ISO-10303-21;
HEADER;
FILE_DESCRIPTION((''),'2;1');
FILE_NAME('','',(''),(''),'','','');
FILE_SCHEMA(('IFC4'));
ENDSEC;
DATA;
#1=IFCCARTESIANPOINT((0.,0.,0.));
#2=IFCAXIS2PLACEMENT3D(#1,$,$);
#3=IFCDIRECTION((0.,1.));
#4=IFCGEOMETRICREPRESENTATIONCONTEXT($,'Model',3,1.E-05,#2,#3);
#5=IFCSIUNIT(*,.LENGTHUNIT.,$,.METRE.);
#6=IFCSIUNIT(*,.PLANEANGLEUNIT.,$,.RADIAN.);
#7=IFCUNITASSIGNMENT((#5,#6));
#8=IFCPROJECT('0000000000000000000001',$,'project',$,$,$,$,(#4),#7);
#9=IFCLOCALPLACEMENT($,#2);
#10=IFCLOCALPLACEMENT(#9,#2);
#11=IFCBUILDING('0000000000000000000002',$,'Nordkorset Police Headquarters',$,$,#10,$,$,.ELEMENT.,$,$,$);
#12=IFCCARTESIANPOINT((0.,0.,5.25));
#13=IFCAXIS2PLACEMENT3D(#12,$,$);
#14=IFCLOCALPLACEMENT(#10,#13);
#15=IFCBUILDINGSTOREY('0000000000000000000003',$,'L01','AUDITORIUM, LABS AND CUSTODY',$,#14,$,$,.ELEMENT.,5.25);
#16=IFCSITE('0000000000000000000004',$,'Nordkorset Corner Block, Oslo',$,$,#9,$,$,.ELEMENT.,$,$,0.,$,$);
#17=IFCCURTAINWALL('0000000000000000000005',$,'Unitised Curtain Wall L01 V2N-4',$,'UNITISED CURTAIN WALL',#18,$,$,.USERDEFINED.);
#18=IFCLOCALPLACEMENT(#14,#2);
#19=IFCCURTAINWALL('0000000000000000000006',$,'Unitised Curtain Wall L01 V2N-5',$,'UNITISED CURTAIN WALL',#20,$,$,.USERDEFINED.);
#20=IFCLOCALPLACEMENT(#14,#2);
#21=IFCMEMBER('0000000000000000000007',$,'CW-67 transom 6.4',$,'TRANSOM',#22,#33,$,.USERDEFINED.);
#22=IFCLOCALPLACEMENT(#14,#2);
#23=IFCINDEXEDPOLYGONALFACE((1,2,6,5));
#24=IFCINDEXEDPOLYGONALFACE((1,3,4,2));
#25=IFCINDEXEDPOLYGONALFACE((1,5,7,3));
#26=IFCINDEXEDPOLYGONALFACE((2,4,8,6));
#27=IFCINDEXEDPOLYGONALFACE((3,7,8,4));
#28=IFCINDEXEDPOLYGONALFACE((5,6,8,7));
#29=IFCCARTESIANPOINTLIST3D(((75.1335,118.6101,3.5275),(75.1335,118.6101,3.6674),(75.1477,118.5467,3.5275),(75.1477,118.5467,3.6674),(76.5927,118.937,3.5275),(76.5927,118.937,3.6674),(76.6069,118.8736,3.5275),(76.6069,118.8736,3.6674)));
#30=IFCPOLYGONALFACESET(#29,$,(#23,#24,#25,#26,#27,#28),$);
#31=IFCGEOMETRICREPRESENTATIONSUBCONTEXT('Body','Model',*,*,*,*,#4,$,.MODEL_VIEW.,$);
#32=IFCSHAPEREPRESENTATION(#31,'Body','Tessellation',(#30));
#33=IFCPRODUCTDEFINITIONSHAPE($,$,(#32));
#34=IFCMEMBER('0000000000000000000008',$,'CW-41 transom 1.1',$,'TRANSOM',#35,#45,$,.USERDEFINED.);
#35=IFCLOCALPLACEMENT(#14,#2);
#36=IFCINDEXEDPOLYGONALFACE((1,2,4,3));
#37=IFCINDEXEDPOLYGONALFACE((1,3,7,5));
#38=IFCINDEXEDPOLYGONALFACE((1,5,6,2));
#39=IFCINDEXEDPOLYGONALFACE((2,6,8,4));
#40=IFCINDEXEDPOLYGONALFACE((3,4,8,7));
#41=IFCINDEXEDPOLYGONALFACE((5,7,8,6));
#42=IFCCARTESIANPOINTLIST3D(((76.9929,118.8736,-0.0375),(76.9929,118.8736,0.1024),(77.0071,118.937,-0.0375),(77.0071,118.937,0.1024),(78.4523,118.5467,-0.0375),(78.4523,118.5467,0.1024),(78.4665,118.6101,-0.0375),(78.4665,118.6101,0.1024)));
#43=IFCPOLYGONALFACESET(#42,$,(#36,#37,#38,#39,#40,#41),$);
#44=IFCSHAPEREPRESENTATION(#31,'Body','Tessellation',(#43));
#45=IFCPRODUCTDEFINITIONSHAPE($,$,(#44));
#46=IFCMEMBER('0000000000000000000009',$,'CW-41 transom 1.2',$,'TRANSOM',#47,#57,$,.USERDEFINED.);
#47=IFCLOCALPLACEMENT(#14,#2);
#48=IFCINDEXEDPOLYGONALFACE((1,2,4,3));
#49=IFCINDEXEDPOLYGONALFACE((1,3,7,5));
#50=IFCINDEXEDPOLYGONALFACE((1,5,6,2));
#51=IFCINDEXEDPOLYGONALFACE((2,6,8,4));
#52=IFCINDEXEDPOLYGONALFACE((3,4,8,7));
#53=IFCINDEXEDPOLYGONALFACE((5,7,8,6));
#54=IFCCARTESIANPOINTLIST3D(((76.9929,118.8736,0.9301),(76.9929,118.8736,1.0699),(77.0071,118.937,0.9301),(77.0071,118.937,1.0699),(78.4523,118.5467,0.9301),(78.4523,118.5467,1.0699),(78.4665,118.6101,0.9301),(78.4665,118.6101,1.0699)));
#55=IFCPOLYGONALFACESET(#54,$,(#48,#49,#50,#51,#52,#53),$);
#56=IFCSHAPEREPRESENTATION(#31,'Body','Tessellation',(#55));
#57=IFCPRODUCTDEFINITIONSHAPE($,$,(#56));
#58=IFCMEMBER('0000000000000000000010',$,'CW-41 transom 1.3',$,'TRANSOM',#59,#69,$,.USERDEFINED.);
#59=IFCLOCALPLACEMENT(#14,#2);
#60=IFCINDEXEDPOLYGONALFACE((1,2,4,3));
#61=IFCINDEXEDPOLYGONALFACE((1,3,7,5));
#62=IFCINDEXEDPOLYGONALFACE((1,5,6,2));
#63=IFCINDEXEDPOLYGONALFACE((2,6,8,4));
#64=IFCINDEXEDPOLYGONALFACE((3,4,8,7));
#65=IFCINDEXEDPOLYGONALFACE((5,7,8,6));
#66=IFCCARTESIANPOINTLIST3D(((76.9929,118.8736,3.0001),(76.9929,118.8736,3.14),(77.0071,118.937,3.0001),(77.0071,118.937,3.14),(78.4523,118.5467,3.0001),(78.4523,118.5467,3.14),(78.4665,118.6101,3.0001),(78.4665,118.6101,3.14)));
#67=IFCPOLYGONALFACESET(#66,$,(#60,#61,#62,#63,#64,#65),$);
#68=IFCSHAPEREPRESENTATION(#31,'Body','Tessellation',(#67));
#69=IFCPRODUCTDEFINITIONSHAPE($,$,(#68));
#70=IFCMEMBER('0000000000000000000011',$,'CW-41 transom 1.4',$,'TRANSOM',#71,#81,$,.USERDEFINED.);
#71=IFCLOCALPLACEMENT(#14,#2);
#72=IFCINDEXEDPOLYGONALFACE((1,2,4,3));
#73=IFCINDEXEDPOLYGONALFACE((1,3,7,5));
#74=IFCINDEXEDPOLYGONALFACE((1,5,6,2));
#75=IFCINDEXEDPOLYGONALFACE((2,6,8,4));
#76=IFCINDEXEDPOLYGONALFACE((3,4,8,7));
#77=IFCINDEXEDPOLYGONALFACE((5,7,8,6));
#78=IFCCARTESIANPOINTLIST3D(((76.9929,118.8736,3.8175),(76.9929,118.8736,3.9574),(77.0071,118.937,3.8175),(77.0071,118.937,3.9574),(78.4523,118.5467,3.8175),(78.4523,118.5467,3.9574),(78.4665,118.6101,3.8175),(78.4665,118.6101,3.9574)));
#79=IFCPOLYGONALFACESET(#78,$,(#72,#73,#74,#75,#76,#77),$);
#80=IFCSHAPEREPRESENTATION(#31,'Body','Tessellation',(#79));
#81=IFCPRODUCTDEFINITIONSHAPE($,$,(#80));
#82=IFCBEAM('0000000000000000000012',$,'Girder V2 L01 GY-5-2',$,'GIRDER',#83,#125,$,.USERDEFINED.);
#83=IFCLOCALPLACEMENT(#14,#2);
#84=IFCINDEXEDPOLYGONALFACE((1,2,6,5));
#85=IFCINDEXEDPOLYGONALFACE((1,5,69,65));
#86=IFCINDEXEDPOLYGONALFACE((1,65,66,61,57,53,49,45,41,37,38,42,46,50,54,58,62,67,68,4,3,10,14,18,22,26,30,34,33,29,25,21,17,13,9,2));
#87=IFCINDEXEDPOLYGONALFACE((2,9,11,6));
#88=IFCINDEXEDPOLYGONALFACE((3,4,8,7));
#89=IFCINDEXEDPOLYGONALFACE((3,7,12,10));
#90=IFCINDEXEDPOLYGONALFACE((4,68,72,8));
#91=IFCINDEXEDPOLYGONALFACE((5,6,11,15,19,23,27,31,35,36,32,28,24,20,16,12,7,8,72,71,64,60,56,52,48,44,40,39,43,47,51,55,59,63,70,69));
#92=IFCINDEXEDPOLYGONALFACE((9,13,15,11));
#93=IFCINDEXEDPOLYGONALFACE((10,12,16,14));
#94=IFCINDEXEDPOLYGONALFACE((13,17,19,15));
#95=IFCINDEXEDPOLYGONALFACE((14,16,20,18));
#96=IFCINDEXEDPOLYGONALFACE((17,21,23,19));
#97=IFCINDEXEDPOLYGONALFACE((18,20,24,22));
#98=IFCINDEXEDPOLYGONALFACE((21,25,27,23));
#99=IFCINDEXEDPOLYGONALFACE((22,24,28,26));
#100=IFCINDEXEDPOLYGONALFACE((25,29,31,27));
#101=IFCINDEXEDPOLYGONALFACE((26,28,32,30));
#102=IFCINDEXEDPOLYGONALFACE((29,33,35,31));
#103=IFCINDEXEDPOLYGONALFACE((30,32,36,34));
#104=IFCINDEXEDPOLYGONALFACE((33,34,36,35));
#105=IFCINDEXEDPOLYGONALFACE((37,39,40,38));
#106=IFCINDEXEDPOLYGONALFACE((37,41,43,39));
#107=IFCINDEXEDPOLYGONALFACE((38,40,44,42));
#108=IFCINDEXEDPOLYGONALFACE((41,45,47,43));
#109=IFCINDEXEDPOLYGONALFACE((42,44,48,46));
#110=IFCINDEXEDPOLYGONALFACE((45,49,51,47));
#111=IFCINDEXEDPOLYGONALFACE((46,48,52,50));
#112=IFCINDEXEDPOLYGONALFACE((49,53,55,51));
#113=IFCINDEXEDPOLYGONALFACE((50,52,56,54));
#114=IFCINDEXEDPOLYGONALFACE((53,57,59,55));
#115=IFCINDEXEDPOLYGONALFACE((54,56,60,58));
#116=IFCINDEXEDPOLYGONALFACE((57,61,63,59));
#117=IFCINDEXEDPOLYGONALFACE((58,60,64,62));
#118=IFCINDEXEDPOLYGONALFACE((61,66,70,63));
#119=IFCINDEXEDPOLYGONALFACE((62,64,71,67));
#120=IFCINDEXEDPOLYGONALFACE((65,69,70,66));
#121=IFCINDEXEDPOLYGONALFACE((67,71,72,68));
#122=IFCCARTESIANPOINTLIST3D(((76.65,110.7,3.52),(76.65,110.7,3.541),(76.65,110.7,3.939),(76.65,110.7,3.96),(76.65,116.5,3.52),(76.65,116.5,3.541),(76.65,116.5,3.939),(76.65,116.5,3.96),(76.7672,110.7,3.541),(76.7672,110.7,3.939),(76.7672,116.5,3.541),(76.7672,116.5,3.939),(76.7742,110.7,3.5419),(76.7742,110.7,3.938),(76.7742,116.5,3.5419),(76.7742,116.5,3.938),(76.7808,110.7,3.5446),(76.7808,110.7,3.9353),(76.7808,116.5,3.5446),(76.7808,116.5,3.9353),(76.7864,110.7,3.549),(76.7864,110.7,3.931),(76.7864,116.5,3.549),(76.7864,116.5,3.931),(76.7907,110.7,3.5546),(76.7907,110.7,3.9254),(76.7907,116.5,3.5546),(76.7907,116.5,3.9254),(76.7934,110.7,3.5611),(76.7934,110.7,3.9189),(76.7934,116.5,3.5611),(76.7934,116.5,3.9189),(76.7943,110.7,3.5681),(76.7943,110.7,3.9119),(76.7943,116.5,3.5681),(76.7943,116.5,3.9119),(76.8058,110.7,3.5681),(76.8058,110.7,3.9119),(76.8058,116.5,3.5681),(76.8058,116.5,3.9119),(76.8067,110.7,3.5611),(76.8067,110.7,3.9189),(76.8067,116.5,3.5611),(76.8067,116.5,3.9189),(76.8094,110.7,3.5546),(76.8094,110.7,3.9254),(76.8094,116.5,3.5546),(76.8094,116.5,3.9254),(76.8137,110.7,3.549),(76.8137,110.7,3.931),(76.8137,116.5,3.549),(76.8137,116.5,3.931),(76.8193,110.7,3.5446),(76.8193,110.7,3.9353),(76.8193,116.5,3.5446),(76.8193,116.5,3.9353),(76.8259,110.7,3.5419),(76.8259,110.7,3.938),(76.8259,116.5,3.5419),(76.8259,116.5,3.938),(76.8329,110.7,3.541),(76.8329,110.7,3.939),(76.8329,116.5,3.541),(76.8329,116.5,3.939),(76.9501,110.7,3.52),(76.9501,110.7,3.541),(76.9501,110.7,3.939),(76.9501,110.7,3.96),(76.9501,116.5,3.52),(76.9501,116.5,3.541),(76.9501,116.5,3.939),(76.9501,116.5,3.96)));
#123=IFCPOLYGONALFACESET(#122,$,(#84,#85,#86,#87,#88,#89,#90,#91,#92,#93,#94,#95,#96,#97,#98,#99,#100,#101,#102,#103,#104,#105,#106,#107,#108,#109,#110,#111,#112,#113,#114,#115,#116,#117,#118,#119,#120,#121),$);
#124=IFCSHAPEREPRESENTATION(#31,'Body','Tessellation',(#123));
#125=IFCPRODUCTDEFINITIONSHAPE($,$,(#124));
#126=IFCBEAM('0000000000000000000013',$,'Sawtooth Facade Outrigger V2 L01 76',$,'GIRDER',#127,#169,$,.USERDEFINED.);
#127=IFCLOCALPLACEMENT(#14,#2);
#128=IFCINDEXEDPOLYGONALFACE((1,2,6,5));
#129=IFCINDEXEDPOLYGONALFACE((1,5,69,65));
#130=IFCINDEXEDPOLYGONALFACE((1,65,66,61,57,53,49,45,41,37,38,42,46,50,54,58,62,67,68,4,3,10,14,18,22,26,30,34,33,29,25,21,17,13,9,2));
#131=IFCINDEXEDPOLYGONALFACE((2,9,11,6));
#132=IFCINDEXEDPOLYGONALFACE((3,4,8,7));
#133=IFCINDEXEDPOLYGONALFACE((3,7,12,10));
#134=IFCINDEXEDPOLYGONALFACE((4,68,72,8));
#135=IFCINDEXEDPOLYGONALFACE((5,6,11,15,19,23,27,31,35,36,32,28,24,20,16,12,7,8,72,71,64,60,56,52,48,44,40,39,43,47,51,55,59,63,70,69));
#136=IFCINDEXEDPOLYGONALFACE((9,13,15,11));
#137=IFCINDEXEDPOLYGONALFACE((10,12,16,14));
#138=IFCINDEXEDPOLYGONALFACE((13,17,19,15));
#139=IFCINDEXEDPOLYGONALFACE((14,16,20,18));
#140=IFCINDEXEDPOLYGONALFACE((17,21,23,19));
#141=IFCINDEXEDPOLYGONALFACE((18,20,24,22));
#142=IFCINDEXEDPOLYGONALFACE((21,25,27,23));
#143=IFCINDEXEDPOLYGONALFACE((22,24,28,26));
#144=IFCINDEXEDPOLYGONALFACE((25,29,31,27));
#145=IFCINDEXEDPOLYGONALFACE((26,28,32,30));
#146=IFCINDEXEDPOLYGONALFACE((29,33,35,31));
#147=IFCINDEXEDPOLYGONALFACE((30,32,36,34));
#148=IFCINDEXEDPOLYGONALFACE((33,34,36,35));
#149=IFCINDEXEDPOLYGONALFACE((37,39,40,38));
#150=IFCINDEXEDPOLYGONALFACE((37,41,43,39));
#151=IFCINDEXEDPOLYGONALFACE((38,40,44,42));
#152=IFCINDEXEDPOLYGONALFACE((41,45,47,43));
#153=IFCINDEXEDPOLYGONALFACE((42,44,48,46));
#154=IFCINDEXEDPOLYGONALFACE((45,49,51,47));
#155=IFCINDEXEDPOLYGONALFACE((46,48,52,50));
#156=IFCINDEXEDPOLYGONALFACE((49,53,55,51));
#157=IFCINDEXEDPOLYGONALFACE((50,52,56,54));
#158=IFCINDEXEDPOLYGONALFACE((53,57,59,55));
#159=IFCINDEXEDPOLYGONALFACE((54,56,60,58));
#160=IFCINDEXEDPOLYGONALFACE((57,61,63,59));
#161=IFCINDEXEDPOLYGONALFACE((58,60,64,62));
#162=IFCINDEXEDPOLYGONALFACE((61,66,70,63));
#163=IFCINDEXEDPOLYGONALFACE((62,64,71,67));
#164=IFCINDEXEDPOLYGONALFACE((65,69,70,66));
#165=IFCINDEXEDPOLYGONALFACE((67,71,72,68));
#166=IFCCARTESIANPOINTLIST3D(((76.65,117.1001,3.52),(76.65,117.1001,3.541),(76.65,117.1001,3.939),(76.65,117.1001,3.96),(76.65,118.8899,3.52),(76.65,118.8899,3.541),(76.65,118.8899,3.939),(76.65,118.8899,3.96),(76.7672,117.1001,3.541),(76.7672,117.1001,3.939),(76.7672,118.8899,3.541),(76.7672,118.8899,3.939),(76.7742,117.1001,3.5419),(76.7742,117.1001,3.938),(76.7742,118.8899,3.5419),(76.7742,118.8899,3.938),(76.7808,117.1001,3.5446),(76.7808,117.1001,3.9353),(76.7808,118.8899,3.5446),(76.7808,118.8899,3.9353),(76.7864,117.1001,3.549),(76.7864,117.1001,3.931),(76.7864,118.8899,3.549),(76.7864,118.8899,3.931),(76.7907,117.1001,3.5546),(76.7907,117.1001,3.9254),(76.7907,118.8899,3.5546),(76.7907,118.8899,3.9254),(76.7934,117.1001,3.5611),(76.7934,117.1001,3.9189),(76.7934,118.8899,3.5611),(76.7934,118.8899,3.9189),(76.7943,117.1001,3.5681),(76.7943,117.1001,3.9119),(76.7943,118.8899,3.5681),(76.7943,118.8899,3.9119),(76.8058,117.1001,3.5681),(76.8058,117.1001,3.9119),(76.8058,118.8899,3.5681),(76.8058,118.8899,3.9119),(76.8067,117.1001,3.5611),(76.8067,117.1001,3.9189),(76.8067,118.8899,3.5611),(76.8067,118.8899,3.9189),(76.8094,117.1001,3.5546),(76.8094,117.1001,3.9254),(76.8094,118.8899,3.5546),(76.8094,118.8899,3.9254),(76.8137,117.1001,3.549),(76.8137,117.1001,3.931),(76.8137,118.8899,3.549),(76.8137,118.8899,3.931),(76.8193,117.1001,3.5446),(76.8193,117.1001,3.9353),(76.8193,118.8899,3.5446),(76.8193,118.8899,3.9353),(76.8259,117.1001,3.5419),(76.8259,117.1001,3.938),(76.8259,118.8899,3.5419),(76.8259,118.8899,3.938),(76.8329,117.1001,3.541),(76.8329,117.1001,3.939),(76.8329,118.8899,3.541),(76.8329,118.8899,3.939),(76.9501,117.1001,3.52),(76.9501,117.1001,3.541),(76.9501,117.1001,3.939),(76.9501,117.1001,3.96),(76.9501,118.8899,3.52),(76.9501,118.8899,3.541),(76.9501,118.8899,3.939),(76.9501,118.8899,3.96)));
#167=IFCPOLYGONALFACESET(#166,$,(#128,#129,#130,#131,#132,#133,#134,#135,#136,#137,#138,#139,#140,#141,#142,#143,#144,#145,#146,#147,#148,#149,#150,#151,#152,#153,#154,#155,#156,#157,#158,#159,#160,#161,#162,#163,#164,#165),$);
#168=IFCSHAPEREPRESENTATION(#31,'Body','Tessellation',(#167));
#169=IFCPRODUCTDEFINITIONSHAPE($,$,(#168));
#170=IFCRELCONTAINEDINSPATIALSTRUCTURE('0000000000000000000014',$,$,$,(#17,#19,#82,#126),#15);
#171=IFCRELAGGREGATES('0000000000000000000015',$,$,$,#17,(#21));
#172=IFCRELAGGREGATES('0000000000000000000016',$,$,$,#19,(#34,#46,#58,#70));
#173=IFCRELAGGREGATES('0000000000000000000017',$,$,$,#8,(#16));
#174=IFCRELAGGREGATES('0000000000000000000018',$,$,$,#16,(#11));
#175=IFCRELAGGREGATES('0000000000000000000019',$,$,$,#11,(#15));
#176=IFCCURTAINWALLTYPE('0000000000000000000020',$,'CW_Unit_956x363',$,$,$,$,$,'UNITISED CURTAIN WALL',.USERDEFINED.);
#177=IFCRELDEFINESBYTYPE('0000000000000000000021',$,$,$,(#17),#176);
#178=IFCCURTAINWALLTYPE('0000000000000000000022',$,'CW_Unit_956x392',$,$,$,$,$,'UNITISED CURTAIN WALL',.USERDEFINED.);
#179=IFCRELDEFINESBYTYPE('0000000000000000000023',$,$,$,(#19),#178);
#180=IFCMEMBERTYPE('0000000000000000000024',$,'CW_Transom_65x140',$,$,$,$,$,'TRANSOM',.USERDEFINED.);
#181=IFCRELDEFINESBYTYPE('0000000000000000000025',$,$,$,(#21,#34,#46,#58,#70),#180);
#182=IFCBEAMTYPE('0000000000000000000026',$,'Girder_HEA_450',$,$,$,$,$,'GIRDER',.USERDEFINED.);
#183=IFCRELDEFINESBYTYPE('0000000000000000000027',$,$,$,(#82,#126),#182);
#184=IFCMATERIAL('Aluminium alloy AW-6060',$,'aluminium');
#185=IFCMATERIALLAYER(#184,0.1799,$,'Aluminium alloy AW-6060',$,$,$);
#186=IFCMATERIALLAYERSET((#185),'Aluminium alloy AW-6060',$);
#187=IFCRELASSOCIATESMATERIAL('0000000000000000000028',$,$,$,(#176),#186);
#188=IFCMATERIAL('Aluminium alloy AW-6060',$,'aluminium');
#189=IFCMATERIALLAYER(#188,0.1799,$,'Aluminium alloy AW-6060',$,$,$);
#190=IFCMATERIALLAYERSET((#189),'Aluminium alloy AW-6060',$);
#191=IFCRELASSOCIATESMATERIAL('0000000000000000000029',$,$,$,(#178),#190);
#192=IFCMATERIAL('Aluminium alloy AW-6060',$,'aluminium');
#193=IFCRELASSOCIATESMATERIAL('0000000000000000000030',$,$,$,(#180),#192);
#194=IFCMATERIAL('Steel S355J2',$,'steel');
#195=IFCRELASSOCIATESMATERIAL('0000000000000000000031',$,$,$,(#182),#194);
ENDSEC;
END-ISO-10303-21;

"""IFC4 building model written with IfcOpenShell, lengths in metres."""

from ifc_helpers import new_model, si_unit, direction, frame, origin, origin_2d, place, context, subcontext, project, spatial, rectangle, i_section, extrude, material, layer, layer_set, material_profile, profile_set, type_object, element, aggregate, save


model = new_model("IFC4")

# Units and contexts
model_context = context("Model", 3, precision=1e-05, world=origin(), true_north=direction((0.0, 1.0)))
body_context = subcontext(model_context, "Body", "Model", "MODEL_VIEW")
ifc_project = project(units=[si_unit("LENGTHUNIT", "METRE"), si_unit("PLANEANGLEUNIT", "RADIAN")], contexts=[model_context])

# Site, building, storey
site_placement = place(None, origin())
site = spatial("IfcSite", under=ifc_project, at=site_placement, Name="Nordkorset Corner Block, Oslo", CompositionType="ELEMENT", RefElevation=0.0)
building_placement = place(site_placement, origin())
building = spatial("IfcBuilding", under=site, at=building_placement, Name="Nordkorset Police Headquarters", CompositionType="ELEMENT")
storey_placement = place(building_placement, frame((0.0, 0.0, 5.25)))
storey = spatial("IfcBuildingStorey", under=building, at=storey_placement, Name="L01", Description="AUDITORIUM, LABS AND CUSTODY", CompositionType="ELEMENT", Elevation=5.25)

# Curtain walls
ifc_material_1 = material(Name="Aluminium alloy AW-6060", Category="aluminium")
ifc_layer_1 = layer(ifc_material_1, 0.1799, Name="Aluminium alloy AW-6060")
ifc_layer_set_1 = layer_set([ifc_layer_1], Name="Aluminium alloy AW-6060")
curtain_wall_type_1 = type_object("IfcCurtainWallType", Name="CW_Unit_956x363", ElementType="UNITISED CURTAIN WALL", PredefinedType="USERDEFINED", material=ifc_layer_set_1)
curtain_wall_1_placement = place(storey_placement, origin())
curtain_wall_1 = element("IfcCurtainWall", 1, at=curtain_wall_1_placement, inside=storey, type_object=curtain_wall_type_1, Name="Unitised Curtain Wall L01 V2N-4", ObjectType="UNITISED CURTAIN WALL", PredefinedType="USERDEFINED")
ifc_material_2 = material(Name="Aluminium alloy AW-6060", Category="aluminium")
ifc_layer_2 = layer(ifc_material_2, 0.1799, Name="Aluminium alloy AW-6060")
ifc_layer_set_2 = layer_set([ifc_layer_2], Name="Aluminium alloy AW-6060")
curtain_wall_type_2 = type_object("IfcCurtainWallType", Name="CW_Unit_956x392", ElementType="UNITISED CURTAIN WALL", PredefinedType="USERDEFINED", material=ifc_layer_set_2)
curtain_wall_2_placement = place(storey_placement, origin())
curtain_wall_2 = element("IfcCurtainWall", 2, at=curtain_wall_2_placement, inside=storey, type_object=curtain_wall_type_2, Name="Unitised Curtain Wall L01 V2N-5", ObjectType="UNITISED CURTAIN WALL", PredefinedType="USERDEFINED")

# Members
ifc_material_3 = material(Name="Aluminium alloy AW-6060", Category="aluminium")
ifc_material_profile_1 = material_profile(ifc_material_3, rectangle(XDim=0.0649, YDim=0.1399, at=origin_2d()), Name="ALU TRAN 65x140")
ifc_profile_set_1 = profile_set([ifc_material_profile_1], Name="Aluminium alloy AW-6060")
member_type_1 = type_object("IfcMemberType", Name="CW_Transom_65x140", ElementType="TRANSOM", PredefinedType="USERDEFINED", material=ifc_profile_set_1)
member_1_placement = place(storey_placement, frame((75.1406, 118.5784, 3.5974), z_axis=(0.975813, 0.218607, 0.0), x_axis=(-0.218607, 0.975813, 0.0)))
member_1 = element("IfcMember", 3, at=member_1_placement, type_object=member_type_1, Name="CW-67 transom 6.4", ObjectType="TRANSOM", PredefinedType="USERDEFINED", context=body_context, shape_type="SweptSolid", body=[
    extrude(rectangle(XDim=0.0649, YDim=0.1399, at=origin_2d()), origin(), (0.0, 0.0, 1.0), 1.4954),
])
member_2_placement = place(storey_placement, frame((77.0, 118.9053, 0.0325), z_axis=(0.975821, -0.218572, 0.0), x_axis=(0.218572, 0.975821, 0.0)))
member_2 = element("IfcMember", 4, at=member_2_placement, type_object=member_type_1, Name="CW-41 transom 1.1", ObjectType="TRANSOM", PredefinedType="USERDEFINED", context=body_context, shape_type="SweptSolid", body=[
    extrude(rectangle(XDim=0.0649, YDim=0.1399, at=origin_2d()), origin(), (0.0, 0.0, 1.0), 1.4956),
])
member_3_placement = place(storey_placement, frame((77.0, 118.9053, 1.0), z_axis=(0.975821, -0.218572, 0.0), x_axis=(0.218572, 0.975821, 0.0)))
member_3 = element("IfcMember", 5, at=member_3_placement, type_object=member_type_1, Name="CW-41 transom 1.2", ObjectType="TRANSOM", PredefinedType="USERDEFINED", context=body_context, shape_type="SweptSolid", body=[
    extrude(rectangle(XDim=0.0649, YDim=0.1399, at=origin_2d()), origin(), (0.0, 0.0, 1.0), 1.4956),
])
member_4_placement = place(storey_placement, frame((77.0, 118.9053, 3.0701), z_axis=(0.975821, -0.218572, 0.0), x_axis=(0.218572, 0.975821, 0.0)))
member_4 = element("IfcMember", 6, at=member_4_placement, type_object=member_type_1, Name="CW-41 transom 1.3", ObjectType="TRANSOM", PredefinedType="USERDEFINED", context=body_context, shape_type="SweptSolid", body=[
    extrude(rectangle(XDim=0.0649, YDim=0.1399, at=origin_2d()), origin(), (0.0, 0.0, 1.0), 1.4956),
])
member_5_placement = place(storey_placement, frame((77.0, 118.9053, 3.8875), z_axis=(0.975821, -0.218572, 0.0), x_axis=(0.218572, 0.975821, 0.0)))
member_5 = element("IfcMember", 7, at=member_5_placement, type_object=member_type_1, Name="CW-41 transom 1.4", ObjectType="TRANSOM", PredefinedType="USERDEFINED", context=body_context, shape_type="SweptSolid", body=[
    extrude(rectangle(XDim=0.0649, YDim=0.1399, at=origin_2d()), origin(), (0.0, 0.0, 1.0), 1.4956),
])

# Beams
ifc_material_4 = material(Name="Steel S355J2", Category="steel")
ifc_material_profile_2 = material_profile(ifc_material_4, i_section(OverallWidth=0.3, OverallDepth=0.4399, WebThickness=0.0115, FlangeThickness=0.021, FilletRadius=0.0271, at=origin_2d()), Name="HEA 450")
ifc_profile_set_2 = profile_set([ifc_material_profile_2], Name="Steel S355J2")
beam_type_1 = type_object("IfcBeamType", Name="Girder_HEA_450", ElementType="GIRDER", PredefinedType="USERDEFINED", material=ifc_profile_set_2)
beam_1_placement = place(storey_placement, frame((76.8, 110.7, 3.74), z_axis=(0.0, 1.0, 0.0), x_axis=(-1.0, 0.0, 0.0)))
element("IfcBeam", 8, at=beam_1_placement, inside=storey, type_object=beam_type_1, Name="Girder V2 L01 GY-5-2", ObjectType="GIRDER", PredefinedType="USERDEFINED", context=body_context, shape_type="SweptSolid", body=[
    extrude(i_section(OverallWidth=0.3, OverallDepth=0.4399, WebThickness=0.0115, FlangeThickness=0.021, FilletRadius=0.0271, at=origin_2d()), origin(), (0.0, 0.0, 1.0), 5.8),
])
beam_2_placement = place(storey_placement, frame((76.8, 117.1001, 3.74), z_axis=(0.0, 1.0, 0.0), x_axis=(-1.0, 0.0, 0.0)))
element("IfcBeam", 9, at=beam_2_placement, inside=storey, type_object=beam_type_1, Name="Sawtooth Facade Outrigger V2 L01 76", ObjectType="GIRDER", PredefinedType="USERDEFINED", context=body_context, shape_type="SweptSolid", body=[
    extrude(i_section(OverallWidth=0.3, OverallDepth=0.4399, WebThickness=0.0115, FlangeThickness=0.021, FilletRadius=0.0271, at=origin_2d()), origin(), (0.0, 0.0, 1.0), 1.7898),
])

aggregate(curtain_wall_1, [member_1])
aggregate(curtain_wall_2, [member_2, member_3, member_4, member_5])

save(model, "model.ifc")
